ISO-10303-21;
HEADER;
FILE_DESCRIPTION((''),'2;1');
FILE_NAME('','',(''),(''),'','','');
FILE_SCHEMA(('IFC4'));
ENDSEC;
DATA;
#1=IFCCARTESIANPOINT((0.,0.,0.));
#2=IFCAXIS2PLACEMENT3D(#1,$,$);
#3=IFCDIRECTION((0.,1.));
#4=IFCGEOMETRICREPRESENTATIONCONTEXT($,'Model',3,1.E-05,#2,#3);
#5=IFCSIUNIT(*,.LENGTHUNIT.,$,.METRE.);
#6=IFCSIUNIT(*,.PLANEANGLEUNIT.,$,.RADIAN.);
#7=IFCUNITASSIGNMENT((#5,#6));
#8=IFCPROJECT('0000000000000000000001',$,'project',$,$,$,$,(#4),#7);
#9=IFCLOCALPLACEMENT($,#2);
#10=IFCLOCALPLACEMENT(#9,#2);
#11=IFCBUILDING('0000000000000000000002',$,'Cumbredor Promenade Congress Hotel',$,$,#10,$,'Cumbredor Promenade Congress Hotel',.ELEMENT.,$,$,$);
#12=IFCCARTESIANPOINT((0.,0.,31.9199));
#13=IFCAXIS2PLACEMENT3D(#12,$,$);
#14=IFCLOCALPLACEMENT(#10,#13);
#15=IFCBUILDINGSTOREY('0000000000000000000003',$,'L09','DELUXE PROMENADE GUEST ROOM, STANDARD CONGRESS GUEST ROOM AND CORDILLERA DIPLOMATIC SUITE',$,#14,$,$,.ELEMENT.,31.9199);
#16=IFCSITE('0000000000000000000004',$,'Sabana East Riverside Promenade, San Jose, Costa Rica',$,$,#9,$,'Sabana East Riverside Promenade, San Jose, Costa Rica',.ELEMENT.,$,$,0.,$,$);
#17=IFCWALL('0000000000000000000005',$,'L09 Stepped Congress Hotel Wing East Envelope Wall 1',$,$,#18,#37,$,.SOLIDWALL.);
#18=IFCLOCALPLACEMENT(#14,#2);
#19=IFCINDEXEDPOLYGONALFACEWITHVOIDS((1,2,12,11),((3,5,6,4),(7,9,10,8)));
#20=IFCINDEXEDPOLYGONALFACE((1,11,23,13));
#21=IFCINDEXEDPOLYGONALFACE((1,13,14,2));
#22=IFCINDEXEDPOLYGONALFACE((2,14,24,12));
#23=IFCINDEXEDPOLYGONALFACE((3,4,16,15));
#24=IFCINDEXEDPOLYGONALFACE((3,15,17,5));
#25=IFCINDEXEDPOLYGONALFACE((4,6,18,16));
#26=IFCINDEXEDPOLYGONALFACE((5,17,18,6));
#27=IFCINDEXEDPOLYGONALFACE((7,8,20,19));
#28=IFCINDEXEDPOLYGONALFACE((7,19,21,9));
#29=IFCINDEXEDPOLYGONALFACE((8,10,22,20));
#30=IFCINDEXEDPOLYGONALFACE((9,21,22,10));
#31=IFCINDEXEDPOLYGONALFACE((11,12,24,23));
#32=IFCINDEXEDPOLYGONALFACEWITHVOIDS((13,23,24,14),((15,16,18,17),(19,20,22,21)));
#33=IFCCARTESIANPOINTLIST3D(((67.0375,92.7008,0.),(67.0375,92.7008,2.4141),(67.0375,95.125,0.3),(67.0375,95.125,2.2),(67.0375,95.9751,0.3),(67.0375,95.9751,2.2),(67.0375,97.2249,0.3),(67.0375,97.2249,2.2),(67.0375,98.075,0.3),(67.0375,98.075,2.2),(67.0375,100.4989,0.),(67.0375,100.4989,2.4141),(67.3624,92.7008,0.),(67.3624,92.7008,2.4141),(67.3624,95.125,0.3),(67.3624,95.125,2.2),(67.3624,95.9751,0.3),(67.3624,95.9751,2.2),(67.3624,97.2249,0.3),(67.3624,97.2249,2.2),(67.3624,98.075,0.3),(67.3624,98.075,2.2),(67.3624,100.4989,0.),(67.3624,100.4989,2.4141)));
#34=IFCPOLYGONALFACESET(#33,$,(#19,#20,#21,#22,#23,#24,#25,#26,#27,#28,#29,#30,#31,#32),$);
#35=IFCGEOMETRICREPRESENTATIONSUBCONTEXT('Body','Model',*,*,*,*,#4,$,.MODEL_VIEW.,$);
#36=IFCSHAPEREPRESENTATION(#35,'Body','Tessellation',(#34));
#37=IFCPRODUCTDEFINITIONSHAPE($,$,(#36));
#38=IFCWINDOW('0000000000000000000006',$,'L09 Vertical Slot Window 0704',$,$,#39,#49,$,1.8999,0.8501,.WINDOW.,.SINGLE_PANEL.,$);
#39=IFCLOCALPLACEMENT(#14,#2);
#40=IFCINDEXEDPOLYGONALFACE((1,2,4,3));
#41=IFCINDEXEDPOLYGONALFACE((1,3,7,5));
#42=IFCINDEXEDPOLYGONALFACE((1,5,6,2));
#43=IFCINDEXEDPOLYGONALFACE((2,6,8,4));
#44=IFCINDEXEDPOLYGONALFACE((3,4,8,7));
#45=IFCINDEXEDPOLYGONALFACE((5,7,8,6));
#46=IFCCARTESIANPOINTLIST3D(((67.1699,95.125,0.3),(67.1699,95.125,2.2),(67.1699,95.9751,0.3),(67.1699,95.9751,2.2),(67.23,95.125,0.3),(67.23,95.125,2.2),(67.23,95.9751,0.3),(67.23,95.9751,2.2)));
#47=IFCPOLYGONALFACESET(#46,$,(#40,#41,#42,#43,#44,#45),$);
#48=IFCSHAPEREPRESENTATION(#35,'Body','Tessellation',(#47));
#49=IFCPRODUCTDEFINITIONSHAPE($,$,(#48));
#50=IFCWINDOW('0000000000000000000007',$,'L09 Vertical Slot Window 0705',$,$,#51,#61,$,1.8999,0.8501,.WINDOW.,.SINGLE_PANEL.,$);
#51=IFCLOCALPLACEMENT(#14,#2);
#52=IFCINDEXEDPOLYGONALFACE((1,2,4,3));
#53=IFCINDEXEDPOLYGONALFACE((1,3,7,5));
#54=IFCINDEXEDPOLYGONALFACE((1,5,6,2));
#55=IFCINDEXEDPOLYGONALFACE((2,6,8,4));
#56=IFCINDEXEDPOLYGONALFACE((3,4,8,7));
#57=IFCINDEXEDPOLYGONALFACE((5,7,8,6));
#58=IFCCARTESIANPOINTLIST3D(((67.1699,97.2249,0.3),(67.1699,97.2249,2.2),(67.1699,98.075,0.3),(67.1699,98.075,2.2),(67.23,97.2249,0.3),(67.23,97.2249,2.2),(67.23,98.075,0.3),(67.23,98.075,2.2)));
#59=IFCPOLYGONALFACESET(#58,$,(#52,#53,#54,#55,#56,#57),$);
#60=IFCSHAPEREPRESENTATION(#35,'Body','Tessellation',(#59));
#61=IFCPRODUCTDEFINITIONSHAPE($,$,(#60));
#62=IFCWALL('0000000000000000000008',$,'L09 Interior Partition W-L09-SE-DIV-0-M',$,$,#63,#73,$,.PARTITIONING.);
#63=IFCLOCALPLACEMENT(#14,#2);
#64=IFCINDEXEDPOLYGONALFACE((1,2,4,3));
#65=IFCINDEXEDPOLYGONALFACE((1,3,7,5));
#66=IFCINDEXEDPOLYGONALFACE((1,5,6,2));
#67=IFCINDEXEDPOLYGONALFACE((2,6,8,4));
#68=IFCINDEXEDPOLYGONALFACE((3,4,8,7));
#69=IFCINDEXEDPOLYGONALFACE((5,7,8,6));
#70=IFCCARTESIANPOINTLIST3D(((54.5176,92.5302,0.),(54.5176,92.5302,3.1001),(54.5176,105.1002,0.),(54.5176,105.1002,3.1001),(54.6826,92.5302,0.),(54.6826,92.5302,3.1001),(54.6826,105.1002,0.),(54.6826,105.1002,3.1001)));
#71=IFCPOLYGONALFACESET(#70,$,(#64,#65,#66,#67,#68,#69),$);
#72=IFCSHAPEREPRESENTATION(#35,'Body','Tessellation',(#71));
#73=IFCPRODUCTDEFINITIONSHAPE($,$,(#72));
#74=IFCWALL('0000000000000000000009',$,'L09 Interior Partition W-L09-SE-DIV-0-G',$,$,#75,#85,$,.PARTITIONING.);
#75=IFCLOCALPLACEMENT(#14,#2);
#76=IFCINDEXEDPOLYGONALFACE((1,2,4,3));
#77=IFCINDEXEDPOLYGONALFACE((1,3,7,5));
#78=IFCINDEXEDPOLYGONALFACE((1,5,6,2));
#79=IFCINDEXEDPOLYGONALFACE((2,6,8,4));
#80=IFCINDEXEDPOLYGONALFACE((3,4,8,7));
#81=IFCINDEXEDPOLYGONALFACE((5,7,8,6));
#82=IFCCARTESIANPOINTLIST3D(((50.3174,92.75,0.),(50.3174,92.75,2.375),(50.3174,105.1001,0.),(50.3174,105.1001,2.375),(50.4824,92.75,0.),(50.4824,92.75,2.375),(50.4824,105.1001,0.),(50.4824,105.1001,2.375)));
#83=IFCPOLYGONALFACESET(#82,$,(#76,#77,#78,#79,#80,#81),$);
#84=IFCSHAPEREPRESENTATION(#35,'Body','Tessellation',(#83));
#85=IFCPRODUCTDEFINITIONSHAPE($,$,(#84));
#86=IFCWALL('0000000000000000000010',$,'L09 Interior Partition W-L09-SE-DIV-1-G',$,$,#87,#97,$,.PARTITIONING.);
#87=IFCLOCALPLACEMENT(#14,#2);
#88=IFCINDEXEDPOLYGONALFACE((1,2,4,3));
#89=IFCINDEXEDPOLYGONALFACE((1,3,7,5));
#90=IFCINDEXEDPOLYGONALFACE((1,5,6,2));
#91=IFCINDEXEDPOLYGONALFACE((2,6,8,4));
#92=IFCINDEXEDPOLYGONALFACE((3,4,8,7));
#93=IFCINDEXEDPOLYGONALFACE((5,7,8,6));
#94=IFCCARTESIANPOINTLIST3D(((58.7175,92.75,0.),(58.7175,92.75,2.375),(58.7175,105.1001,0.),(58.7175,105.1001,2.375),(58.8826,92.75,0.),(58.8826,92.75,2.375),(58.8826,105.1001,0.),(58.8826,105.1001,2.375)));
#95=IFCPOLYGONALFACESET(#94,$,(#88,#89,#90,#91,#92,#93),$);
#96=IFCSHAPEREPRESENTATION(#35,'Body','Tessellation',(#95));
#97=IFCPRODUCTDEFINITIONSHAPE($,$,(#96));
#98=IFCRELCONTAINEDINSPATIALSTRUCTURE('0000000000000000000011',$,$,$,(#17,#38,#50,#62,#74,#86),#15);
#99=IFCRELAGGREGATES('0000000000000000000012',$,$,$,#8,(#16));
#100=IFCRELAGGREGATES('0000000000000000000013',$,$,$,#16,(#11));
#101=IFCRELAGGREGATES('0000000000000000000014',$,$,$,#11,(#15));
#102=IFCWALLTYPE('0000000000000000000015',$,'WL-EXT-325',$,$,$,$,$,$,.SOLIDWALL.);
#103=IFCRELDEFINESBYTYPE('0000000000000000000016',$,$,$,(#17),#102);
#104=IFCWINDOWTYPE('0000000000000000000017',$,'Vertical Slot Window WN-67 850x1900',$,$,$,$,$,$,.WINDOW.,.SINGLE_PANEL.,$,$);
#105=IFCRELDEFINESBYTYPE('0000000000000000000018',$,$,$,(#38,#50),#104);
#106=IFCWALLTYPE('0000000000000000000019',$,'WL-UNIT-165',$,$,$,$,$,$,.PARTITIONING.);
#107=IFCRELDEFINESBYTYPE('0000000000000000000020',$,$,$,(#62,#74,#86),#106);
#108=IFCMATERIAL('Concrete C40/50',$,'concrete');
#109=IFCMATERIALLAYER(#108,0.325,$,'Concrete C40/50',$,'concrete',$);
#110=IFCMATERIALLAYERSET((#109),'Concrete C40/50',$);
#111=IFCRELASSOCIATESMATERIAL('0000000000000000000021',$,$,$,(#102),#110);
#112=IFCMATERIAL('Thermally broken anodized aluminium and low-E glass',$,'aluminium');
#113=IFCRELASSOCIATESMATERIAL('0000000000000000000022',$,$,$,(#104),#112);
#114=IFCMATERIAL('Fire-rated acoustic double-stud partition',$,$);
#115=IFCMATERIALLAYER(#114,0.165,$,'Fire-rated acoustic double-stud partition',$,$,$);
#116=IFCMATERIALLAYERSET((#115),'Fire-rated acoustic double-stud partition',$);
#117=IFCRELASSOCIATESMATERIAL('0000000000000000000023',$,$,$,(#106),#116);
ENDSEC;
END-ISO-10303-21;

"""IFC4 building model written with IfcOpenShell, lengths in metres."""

from ifc_helpers import new_model, si_unit, direction, frame, frame_2d, origin, place, context, subcontext, project, spatial, rectangle, extrude, material, layer, layer_set, type_object, element, fill, save


model = new_model("IFC4")

# Units and contexts
model_context = context("Model", 3, precision=1e-05, world=origin(), true_north=direction((0.0, 1.0)))
body_context = subcontext(model_context, "Body", "Model", "MODEL_VIEW")
ifc_project = project(units=[si_unit("LENGTHUNIT", "METRE"), si_unit("PLANEANGLEUNIT", "RADIAN")], contexts=[model_context])

# Site, building, storey
site_placement = place(None, origin())
site = spatial("IfcSite", under=ifc_project, at=site_placement, Name="Sabana East Riverside Promenade, San Jose, Costa Rica", LongName="Sabana East Riverside Promenade, San Jose, Costa Rica", CompositionType="ELEMENT", RefElevation=0.0)
building_placement = place(site_placement, origin())
building = spatial("IfcBuilding", under=site, at=building_placement, Name="Cumbredor Promenade Congress Hotel", LongName="Cumbredor Promenade Congress Hotel", CompositionType="ELEMENT")
storey_placement = place(building_placement, frame((0.0, 0.0, 31.9199)))
storey = spatial("IfcBuildingStorey", under=building, at=storey_placement, Name="L09", Description="DELUXE PROMENADE GUEST ROOM, STANDARD CONGRESS GUEST ROOM AND CORDILLERA DIPLOMATIC SUITE", CompositionType="ELEMENT", Elevation=31.9199)

# Shared definitions
ifc_material_1 = material(Name="Concrete C40/50", Category="concrete")

# Shared definitions
ifc_material_2 = material(Name="Thermally broken anodized aluminium and low-E glass", Category="aluminium")

# Wall, openings, windows
ifc_layer_1 = layer(ifc_material_1, 0.325, Name="Concrete C40/50", Category="concrete")
ifc_layer_set_1 = layer_set([ifc_layer_1], Name="Concrete C40/50")
wall_type_1 = type_object("IfcWallType", Name="WL-EXT-325", PredefinedType="SOLIDWALL", material=ifc_layer_set_1)
wall_1_placement = place(storey_placement, frame((67.2, 92.7009, 0.0), z_axis=(0.0, 0.0, 1.0), x_axis=(0.0, 1.0, 0.0)))
wall_1 = element("IfcWall", 1, at=wall_1_placement, inside=storey, type_object=wall_type_1, Name="L09 Stepped Congress Hotel Wing East Envelope Wall 1", PredefinedType="SOLIDWALL", context=body_context, shape_type="SweptSolid", body=[
    extrude(rectangle(XDim=7.7981, YDim=0.325, at=frame_2d((3.8989, 0.0))), origin(), (0.0, 0.0, 1.0), 2.4141),
])
opening_1_placement = place(wall_1_placement, frame((2.4241, 0.0, 0.3)))
opening_1 = element("IfcOpeningElement", 2, at=opening_1_placement, cuts=wall_1, PredefinedType="OPENING", context=body_context, shape_type="SweptSolid", body=[
    extrude(rectangle(XDim=0.8501, YDim=1.8999, at=frame_2d((0.425, 0.95))), frame((0.0, 0.1724, 0.0), z_axis=(0.0, -1.0, 0.0), x_axis=(1.0, 0.0, 0.0)), (0.0, 0.0, 1.0), 0.345),
])
opening_2_placement = place(wall_1_placement, frame((4.5239, 0.0, 0.3)))
opening_2 = element("IfcOpeningElement", 3, at=opening_2_placement, cuts=wall_1, PredefinedType="OPENING", context=body_context, shape_type="SweptSolid", body=[
    extrude(rectangle(XDim=0.8501, YDim=1.8999, at=frame_2d((0.425, 0.95))), frame((0.0, 0.1724, 0.0), z_axis=(0.0, -1.0, 0.0), x_axis=(1.0, 0.0, 0.0)), (0.0, 0.0, 1.0), 0.345),
])
window_type_1 = type_object("IfcWindowType", Name="Vertical Slot Window WN-67 850x1900", PartitioningType="SINGLE_PANEL", PredefinedType="WINDOW", material=ifc_material_2)
window_1_placement = place(opening_1_placement, origin())
window_1 = element("IfcWindow", 4, at=window_1_placement, inside=storey, type_object=window_type_1, Name="L09 Vertical Slot Window 0704", OverallHeight=1.8999, OverallWidth=0.8501, PartitioningType="SINGLE_PANEL", PredefinedType="WINDOW", context=body_context, shape_type="SweptSolid", body=[
    extrude(rectangle(XDim=0.8501, YDim=1.8999, at=frame_2d((0.425, 0.95))), frame((0.0, 0.03, 0.0), z_axis=(0.0, -1.0, 0.0), x_axis=(1.0, 0.0, 0.0)), (0.0, 0.0, 1.0), 0.0601),
])
fill(opening_1, window_1)
window_2_placement = place(opening_2_placement, origin())
window_2 = element("IfcWindow", 5, at=window_2_placement, inside=storey, type_object=window_type_1, Name="L09 Vertical Slot Window 0705", OverallHeight=1.8999, OverallWidth=0.8501, PartitioningType="SINGLE_PANEL", PredefinedType="WINDOW", context=body_context, shape_type="SweptSolid", body=[
    extrude(rectangle(XDim=0.8501, YDim=1.8999, at=frame_2d((0.425, 0.95))), frame((0.0, 0.03, 0.0), z_axis=(0.0, -1.0, 0.0), x_axis=(1.0, 0.0, 0.0)), (0.0, 0.0, 1.0), 0.0601),
])
fill(opening_2, window_2)

# Walls
ifc_material_3 = material(Name="Fire-rated acoustic double-stud partition")
ifc_layer_2 = layer(ifc_material_3, 0.165, Name="Fire-rated acoustic double-stud partition")
ifc_layer_set_2 = layer_set([ifc_layer_2], Name="Fire-rated acoustic double-stud partition")
wall_type_2 = type_object("IfcWallType", Name="WL-UNIT-165", PredefinedType="PARTITIONING", material=ifc_layer_set_2)
wall_2_placement = place(storey_placement, frame((54.6001, 92.53, 0.0), z_axis=(0.0, 0.0, 1.0), x_axis=(0.0, 1.0, 0.0)))
element("IfcWall", 6, at=wall_2_placement, inside=storey, type_object=wall_type_2, Name="L09 Interior Partition W-L09-SE-DIV-0-M", PredefinedType="PARTITIONING", context=body_context, shape_type="SweptSolid", body=[
    extrude(rectangle(XDim=12.5701, YDim=0.165, at=frame_2d((6.2852, 0.0))), origin(), (0.0, 0.0, 1.0), 3.1001),
])
for number, where, z_axis, x_axis, name in (
    (7, (50.3999, 92.75, 0.0), (0.0, 0.0, 1.0), (0.0, 1.0, 0.0), "L09 Interior Partition W-L09-SE-DIV-0-G"),
    (8, (58.8, 92.75, 0.0), (0.0, 0.0, 1.0), (0.0, 1.0, 0.0), "L09 Interior Partition W-L09-SE-DIV-1-G"),
):
    element("IfcWall", number, at=place(storey_placement, frame(where, z_axis=z_axis, x_axis=x_axis)), inside=storey, type_object=wall_type_2, Name=name, PredefinedType="PARTITIONING", context=body_context, shape_type="SweptSolid", body=[
        extrude(rectangle(XDim=12.3501, YDim=0.165, at=frame_2d((6.175, 0.0))), origin(), (0.0, 0.0, 1.0), 2.375),
    ])

save(model, "model.ifc")
